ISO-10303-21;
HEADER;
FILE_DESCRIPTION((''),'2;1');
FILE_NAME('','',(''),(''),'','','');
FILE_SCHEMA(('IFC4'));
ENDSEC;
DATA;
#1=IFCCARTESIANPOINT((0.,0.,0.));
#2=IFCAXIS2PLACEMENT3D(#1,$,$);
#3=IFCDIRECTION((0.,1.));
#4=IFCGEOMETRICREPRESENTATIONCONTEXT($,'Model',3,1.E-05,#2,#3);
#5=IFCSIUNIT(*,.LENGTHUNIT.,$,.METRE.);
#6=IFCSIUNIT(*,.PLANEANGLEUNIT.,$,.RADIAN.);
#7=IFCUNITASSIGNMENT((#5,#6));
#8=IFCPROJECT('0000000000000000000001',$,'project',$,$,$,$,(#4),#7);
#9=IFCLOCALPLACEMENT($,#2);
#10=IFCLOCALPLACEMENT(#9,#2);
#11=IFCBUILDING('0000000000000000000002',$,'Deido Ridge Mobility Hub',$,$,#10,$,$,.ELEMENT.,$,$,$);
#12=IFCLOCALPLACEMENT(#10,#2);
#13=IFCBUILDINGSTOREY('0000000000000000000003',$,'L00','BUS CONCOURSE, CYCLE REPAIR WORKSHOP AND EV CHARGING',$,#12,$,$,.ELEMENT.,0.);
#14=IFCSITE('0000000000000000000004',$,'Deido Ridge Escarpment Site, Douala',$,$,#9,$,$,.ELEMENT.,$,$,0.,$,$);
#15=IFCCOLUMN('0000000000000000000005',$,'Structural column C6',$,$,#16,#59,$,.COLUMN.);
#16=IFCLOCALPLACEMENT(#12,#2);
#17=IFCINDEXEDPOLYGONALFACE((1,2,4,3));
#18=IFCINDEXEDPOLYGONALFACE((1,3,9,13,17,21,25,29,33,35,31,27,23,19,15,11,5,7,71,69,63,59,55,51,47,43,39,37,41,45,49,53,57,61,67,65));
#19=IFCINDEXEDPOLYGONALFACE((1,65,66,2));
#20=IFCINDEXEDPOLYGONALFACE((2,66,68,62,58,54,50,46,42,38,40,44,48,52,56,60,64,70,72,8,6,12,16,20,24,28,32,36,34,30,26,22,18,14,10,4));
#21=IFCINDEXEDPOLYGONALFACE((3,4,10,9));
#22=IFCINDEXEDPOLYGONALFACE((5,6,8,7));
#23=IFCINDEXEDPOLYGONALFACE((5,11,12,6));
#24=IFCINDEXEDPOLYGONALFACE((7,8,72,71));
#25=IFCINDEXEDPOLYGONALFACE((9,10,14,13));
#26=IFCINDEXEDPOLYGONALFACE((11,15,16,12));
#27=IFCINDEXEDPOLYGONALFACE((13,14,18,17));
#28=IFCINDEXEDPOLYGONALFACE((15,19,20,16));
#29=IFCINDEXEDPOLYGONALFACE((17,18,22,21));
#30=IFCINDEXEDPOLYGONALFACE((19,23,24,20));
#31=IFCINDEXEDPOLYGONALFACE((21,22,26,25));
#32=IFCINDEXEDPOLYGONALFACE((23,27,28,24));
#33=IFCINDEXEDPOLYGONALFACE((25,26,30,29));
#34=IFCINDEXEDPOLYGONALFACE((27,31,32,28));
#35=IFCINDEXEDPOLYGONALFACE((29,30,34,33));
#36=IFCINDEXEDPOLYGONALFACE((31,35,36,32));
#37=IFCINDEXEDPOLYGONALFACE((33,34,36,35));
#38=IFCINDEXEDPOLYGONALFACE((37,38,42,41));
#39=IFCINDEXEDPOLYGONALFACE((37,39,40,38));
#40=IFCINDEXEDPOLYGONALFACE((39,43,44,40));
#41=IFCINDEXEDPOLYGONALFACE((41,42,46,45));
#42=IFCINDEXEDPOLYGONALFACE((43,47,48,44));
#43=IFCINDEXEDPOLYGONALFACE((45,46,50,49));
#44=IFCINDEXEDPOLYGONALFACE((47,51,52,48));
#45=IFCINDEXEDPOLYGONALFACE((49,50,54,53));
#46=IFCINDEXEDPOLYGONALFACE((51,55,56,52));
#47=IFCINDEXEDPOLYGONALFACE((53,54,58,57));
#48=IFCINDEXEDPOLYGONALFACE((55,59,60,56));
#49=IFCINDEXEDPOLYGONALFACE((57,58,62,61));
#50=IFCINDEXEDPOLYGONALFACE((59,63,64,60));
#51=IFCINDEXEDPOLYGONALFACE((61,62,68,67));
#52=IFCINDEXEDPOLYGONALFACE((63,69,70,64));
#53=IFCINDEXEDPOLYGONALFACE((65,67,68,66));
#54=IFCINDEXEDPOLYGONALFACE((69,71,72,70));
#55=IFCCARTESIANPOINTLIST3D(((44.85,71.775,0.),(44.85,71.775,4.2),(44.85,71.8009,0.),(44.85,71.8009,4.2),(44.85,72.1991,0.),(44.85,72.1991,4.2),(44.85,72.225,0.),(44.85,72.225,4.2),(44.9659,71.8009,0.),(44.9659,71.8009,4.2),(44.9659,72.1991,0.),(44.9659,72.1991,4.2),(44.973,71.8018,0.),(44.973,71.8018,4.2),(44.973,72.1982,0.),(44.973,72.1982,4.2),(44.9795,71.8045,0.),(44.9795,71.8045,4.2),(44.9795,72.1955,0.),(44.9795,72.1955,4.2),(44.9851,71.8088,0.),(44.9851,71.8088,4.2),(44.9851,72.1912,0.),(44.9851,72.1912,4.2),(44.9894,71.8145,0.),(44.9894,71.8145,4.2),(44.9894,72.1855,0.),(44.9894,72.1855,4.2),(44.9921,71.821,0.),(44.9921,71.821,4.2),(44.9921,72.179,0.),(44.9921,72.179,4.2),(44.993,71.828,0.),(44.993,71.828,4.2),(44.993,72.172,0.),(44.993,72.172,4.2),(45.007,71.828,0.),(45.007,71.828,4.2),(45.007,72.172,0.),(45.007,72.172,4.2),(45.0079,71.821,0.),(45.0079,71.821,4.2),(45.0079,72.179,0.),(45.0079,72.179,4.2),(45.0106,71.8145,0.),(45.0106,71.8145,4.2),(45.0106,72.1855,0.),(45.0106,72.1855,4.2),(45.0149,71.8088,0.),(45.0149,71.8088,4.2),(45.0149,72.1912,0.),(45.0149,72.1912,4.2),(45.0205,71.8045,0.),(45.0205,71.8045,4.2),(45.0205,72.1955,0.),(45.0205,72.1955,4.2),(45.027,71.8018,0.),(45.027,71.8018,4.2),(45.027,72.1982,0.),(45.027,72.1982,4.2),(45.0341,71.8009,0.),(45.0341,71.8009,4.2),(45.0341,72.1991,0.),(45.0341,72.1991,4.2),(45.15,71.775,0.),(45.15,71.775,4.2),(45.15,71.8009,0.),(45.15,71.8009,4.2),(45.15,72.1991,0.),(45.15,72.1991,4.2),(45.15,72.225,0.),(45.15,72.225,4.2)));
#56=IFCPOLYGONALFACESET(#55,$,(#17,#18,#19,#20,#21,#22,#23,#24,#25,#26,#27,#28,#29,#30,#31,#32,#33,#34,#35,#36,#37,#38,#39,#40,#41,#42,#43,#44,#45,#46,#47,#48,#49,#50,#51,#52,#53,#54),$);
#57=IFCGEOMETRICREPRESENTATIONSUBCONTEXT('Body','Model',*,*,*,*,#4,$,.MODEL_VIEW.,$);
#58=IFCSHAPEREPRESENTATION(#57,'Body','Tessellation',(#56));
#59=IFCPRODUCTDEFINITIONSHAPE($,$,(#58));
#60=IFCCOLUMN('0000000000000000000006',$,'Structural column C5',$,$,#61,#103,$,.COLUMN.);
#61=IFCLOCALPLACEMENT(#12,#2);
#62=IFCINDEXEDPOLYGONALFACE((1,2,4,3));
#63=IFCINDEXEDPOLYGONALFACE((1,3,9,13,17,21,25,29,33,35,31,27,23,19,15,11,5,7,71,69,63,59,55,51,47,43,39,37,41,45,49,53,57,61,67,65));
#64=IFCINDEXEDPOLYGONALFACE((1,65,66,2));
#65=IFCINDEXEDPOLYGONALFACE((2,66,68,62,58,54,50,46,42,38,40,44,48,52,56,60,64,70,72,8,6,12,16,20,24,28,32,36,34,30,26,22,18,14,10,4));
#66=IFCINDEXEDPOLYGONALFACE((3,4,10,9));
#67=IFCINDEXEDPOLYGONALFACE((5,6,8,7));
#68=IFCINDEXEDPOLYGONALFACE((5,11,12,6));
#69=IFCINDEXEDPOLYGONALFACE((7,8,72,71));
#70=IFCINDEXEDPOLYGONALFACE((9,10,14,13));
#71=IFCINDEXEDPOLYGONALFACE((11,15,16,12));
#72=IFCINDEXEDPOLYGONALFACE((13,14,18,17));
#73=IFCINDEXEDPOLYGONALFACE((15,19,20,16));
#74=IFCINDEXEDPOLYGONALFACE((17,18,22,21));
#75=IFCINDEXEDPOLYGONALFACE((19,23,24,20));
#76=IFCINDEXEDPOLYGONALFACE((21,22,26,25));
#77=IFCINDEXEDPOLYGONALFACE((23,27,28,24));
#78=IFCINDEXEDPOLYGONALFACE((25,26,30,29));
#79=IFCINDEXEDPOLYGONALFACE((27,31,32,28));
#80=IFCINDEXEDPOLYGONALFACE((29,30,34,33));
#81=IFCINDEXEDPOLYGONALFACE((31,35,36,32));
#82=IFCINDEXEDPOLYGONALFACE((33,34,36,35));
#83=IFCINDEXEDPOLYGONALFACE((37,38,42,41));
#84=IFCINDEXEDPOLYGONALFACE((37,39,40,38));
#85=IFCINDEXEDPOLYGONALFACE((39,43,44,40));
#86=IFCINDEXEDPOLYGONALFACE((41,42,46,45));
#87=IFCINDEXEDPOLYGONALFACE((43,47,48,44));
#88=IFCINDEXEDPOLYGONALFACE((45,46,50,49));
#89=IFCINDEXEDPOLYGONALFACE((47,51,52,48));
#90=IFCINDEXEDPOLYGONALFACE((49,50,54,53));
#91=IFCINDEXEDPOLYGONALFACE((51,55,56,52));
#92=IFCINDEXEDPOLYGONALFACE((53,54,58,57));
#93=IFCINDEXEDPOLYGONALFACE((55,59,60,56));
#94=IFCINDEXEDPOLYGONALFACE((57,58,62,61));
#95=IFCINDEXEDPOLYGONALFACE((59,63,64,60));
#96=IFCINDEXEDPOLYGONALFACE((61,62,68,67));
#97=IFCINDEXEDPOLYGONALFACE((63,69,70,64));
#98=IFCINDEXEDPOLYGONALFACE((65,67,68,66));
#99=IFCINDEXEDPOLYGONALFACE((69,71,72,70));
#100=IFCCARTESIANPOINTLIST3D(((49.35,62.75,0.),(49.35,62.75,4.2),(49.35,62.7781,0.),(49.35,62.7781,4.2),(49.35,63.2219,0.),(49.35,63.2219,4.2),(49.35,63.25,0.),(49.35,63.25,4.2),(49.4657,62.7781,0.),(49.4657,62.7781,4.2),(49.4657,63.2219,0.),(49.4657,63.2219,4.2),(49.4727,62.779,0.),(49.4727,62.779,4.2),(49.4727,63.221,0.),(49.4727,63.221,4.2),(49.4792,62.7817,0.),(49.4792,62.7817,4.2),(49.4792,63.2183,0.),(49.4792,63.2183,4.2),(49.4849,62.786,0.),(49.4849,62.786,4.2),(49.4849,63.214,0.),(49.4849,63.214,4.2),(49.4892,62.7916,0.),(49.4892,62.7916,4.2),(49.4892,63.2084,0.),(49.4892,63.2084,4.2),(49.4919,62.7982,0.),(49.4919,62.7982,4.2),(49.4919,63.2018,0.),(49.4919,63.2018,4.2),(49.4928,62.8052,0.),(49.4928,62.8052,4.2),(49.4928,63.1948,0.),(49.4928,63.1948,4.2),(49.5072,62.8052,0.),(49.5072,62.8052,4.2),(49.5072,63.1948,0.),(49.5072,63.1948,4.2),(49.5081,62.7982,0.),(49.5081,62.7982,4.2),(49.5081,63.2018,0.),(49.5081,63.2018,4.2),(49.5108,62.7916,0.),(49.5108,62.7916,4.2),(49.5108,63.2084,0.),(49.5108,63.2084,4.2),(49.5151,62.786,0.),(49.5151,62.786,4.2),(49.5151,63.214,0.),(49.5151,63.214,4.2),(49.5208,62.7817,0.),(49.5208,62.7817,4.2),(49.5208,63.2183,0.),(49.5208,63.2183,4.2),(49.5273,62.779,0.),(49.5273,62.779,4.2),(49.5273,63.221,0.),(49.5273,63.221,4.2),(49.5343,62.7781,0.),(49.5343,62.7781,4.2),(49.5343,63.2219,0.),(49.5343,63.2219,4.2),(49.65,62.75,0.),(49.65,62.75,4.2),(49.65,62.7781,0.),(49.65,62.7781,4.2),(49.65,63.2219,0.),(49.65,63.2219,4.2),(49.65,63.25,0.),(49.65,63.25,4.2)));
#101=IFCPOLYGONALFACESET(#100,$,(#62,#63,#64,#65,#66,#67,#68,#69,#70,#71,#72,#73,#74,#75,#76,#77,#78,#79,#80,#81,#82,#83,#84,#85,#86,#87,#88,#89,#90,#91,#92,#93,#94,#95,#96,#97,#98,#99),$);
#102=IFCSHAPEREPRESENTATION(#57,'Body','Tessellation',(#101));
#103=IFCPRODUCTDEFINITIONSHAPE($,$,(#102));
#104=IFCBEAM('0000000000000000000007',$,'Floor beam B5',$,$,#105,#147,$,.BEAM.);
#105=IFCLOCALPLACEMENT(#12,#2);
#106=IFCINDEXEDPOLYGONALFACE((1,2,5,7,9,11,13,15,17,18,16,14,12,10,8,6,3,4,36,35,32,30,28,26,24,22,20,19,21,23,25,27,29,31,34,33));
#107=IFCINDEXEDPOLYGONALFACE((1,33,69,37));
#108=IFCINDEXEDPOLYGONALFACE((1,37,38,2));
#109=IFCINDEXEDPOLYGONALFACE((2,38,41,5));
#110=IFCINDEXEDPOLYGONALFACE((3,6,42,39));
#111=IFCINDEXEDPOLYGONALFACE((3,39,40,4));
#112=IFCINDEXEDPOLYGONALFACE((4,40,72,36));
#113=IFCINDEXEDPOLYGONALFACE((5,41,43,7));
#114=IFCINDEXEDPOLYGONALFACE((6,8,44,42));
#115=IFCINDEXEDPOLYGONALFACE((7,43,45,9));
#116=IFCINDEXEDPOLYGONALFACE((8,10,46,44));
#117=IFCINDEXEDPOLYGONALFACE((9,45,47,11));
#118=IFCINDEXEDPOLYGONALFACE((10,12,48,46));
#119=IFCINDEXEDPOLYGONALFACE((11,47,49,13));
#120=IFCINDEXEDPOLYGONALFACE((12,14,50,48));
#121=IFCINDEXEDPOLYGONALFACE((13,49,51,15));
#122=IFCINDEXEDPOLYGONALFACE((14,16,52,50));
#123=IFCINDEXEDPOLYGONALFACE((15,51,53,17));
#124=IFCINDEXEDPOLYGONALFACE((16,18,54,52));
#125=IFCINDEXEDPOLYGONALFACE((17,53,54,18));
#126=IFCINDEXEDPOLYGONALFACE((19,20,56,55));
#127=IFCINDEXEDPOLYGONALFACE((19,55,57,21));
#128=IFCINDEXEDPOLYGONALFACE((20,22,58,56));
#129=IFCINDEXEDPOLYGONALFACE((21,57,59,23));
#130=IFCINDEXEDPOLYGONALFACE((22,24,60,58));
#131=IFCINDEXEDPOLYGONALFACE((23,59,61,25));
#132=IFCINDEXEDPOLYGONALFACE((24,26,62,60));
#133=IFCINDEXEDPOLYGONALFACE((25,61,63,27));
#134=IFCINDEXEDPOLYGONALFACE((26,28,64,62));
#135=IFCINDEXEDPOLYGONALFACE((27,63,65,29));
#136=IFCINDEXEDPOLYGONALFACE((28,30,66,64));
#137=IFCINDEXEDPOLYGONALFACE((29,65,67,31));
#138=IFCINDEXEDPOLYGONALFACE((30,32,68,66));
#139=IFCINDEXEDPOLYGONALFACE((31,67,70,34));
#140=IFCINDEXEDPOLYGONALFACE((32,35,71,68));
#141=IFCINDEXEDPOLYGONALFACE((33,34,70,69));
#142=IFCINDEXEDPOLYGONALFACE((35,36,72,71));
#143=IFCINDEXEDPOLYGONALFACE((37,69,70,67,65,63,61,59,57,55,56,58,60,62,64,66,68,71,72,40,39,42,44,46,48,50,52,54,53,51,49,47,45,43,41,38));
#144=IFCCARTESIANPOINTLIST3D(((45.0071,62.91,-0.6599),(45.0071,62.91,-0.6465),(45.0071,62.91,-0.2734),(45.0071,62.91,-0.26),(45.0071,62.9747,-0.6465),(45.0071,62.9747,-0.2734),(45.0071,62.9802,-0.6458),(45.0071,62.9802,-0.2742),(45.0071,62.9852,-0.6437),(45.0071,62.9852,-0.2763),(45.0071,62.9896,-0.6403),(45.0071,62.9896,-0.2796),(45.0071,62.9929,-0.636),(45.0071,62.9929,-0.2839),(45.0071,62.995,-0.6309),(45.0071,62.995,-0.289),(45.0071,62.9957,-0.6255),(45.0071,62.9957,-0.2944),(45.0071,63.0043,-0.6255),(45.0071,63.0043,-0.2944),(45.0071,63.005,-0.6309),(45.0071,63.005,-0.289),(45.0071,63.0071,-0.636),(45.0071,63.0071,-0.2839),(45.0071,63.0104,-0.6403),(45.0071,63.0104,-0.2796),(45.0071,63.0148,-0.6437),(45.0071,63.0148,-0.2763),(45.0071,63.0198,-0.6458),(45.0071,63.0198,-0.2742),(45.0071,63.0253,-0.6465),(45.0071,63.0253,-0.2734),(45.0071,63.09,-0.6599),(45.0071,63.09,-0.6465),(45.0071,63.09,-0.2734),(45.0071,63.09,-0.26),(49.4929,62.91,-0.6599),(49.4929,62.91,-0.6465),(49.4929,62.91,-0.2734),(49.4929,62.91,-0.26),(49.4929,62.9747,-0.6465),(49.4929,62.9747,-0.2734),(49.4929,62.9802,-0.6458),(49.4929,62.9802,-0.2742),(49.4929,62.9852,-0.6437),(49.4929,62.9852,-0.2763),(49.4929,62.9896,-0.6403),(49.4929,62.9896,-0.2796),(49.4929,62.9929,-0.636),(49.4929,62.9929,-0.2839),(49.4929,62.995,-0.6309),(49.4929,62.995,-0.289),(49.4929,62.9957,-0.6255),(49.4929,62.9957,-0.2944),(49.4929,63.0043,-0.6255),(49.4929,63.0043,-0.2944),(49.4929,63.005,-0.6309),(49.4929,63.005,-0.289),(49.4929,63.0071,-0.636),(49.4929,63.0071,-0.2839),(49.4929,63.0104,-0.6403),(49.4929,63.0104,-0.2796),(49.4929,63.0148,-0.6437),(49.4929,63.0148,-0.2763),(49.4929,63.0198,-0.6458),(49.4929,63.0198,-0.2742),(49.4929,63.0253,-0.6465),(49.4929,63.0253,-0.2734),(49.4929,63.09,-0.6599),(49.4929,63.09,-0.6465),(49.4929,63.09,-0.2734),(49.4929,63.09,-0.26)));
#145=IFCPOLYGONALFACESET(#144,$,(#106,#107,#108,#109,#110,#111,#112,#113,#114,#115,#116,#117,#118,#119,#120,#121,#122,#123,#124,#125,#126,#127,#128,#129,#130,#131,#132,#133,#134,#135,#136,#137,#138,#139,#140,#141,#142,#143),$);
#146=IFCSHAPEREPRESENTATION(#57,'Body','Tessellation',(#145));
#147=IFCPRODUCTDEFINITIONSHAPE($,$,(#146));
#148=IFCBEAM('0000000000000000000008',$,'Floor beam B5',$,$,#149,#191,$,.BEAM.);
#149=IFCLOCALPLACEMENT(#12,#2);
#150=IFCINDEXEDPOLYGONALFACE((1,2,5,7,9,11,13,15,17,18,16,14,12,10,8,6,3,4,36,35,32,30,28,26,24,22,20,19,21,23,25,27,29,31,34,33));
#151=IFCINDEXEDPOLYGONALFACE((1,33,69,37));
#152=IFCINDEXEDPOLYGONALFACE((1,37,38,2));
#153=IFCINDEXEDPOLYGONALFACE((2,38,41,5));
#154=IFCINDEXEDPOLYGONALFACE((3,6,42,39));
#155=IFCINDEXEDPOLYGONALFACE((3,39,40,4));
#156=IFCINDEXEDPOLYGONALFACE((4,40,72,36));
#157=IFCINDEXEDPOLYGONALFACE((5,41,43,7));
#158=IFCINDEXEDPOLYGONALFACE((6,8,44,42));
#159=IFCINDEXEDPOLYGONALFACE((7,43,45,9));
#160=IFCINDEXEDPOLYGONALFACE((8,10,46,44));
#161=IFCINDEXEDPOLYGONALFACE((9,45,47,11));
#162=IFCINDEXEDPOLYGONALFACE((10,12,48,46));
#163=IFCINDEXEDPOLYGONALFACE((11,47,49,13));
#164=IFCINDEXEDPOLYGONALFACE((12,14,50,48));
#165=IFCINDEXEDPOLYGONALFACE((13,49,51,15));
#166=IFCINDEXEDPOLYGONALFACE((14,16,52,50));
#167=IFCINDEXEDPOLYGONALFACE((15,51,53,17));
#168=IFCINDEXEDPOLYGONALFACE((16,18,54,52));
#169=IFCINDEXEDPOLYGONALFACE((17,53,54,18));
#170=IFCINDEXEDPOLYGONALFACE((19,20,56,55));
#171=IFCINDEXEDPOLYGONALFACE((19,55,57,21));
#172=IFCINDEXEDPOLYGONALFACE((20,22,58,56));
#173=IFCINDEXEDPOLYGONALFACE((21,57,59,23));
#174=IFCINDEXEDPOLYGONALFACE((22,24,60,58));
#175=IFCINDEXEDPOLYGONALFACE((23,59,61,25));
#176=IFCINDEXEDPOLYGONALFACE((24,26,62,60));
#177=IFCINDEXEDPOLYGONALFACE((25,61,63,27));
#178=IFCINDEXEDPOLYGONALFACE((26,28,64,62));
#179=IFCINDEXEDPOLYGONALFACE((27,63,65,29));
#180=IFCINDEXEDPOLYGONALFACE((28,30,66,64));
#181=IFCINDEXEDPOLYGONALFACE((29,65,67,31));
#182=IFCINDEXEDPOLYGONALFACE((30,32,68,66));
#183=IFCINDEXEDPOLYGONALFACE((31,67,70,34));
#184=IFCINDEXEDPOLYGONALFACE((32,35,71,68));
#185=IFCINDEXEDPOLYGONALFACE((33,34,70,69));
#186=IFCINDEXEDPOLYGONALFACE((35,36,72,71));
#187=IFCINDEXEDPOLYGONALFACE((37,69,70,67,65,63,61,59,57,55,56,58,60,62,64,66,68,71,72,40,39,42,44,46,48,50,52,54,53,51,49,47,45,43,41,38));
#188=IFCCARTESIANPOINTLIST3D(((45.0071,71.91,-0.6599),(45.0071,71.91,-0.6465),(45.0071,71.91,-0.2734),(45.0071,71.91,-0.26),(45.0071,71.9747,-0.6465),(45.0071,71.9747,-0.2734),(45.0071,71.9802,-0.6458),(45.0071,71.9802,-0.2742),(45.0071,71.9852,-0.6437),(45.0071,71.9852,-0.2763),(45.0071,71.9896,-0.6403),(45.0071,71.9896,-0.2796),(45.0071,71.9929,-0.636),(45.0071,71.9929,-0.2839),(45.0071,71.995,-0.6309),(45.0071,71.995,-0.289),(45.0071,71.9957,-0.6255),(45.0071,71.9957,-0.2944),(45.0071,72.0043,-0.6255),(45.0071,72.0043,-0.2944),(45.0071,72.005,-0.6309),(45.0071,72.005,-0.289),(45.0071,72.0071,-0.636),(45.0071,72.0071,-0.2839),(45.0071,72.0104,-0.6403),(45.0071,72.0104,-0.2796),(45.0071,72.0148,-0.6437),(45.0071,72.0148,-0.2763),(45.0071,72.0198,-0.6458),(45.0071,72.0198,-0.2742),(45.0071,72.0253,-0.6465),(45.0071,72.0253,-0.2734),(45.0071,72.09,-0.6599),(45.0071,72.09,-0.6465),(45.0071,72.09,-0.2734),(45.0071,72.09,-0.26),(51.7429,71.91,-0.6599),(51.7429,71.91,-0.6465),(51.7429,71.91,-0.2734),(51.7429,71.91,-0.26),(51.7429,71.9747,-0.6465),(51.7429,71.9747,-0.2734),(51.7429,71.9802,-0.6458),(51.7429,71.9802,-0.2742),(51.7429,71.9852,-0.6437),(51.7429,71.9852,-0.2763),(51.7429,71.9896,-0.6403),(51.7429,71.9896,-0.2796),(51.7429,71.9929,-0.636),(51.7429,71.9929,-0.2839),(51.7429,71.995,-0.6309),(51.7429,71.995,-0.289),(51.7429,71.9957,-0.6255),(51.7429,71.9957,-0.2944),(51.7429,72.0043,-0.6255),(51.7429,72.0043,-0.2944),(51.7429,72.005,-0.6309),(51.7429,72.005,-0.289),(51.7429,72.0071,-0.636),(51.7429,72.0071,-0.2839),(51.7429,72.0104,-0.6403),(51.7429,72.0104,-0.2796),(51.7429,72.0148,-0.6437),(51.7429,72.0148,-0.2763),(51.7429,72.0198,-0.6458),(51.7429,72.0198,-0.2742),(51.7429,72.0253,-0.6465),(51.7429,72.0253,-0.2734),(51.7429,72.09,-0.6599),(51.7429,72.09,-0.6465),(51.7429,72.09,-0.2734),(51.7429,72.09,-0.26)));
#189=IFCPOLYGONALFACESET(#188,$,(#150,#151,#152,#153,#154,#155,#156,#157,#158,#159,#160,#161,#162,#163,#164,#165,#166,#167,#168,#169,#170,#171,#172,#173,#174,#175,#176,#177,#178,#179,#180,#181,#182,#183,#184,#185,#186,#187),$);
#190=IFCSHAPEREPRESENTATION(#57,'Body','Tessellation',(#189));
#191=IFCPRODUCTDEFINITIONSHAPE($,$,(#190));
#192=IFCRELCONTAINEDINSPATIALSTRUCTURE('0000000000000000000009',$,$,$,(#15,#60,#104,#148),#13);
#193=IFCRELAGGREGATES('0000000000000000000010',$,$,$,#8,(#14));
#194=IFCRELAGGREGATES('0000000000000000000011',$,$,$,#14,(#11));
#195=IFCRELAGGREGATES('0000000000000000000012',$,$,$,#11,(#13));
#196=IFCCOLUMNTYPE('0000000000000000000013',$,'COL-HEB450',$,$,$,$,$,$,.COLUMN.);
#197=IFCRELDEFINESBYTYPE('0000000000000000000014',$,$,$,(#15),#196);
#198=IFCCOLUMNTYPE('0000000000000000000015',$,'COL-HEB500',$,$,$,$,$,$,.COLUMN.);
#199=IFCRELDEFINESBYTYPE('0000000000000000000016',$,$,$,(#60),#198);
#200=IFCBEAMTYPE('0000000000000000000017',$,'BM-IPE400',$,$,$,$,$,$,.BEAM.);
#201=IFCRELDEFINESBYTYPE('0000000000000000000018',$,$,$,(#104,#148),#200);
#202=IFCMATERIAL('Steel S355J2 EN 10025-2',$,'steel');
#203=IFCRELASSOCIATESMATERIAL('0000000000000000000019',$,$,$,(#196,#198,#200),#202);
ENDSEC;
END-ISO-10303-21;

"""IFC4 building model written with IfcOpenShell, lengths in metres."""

from ifc_helpers import new_model, si_unit, direction, frame, origin, origin_2d, place, context, subcontext, project, spatial, i_section, extrude, material, material_profile, profile_set, type_object, element, save


model = new_model("IFC4")

# Units and contexts
model_context = context("Model", 3, precision=1e-05, world=origin(), true_north=direction((0.0, 1.0)))
body_context = subcontext(model_context, "Body", "Model", "MODEL_VIEW")
ifc_project = project(units=[si_unit("LENGTHUNIT", "METRE"), si_unit("PLANEANGLEUNIT", "RADIAN")], contexts=[model_context])

# Site, building, storey
site_placement = place(None, origin())
site = spatial("IfcSite", under=ifc_project, at=site_placement, Name="Deido Ridge Escarpment Site, Douala", CompositionType="ELEMENT", RefElevation=0.0)
building_placement = place(site_placement, origin())
building = spatial("IfcBuilding", under=site, at=building_placement, Name="Deido Ridge Mobility Hub", CompositionType="ELEMENT")
storey_placement = place(building_placement, origin())
storey = spatial("IfcBuildingStorey", under=building, at=storey_placement, Name="L00", Description="BUS CONCOURSE, CYCLE REPAIR WORKSHOP AND EV CHARGING", CompositionType="ELEMENT", Elevation=0.0)

# Columns
ifc_material_1 = material(Name="Steel S355J2 EN 10025-2", Category="steel")
ifc_material_profile_1 = material_profile(ifc_material_1, i_section(OverallWidth=0.3, OverallDepth=0.45, WebThickness=0.0139, FlangeThickness=0.0259, FilletRadius=0.0271, at=origin_2d()), Name="HEB 450")
ifc_profile_set_1 = profile_set([ifc_material_profile_1], Name="Steel S355J2 EN 10025-2")
column_type_1 = type_object("IfcColumnType", Name="COL-HEB450", PredefinedType="COLUMN", material=ifc_profile_set_1)
column_1_placement = place(storey_placement, frame((45.0, 72.0, 0.0), z_axis=(0.0, 0.0, 1.0), x_axis=(1.0, 0.0, 0.0)))
element("IfcColumn", 1, at=column_1_placement, inside=storey, type_object=column_type_1, Name="Structural column C6", PredefinedType="COLUMN", context=body_context, shape_type="SweptSolid", body=[
    extrude(i_section(OverallWidth=0.3, OverallDepth=0.45, WebThickness=0.0139, FlangeThickness=0.0259, FilletRadius=0.0271, at=origin_2d()), origin(), (0.0, 0.0, 1.0), 4.2),
])
ifc_material_profile_2 = material_profile(ifc_material_1, i_section(OverallWidth=0.3, OverallDepth=0.5, WebThickness=0.0144, FlangeThickness=0.0281, FilletRadius=0.0271, at=origin_2d()), Name="HEB 500")
ifc_profile_set_2 = profile_set([ifc_material_profile_2], Name="Steel S355J2 EN 10025-2")
column_type_2 = type_object("IfcColumnType", Name="COL-HEB500", PredefinedType="COLUMN", material=ifc_profile_set_2)
column_2_placement = place(storey_placement, frame((49.5, 63.0, 0.0), z_axis=(0.0, 0.0, 1.0), x_axis=(1.0, 0.0, 0.0)))
element("IfcColumn", 2, at=column_2_placement, inside=storey, type_object=column_type_2, Name="Structural column C5", PredefinedType="COLUMN", context=body_context, shape_type="SweptSolid", body=[
    extrude(i_section(OverallWidth=0.3, OverallDepth=0.5, WebThickness=0.0144, FlangeThickness=0.0281, FilletRadius=0.0271, at=origin_2d()), origin(), (0.0, 0.0, 1.0), 4.2),
])

# Beams
ifc_material_profile_3 = material_profile(ifc_material_1, i_section(OverallWidth=0.1799, OverallDepth=0.3999, WebThickness=0.0085, FlangeThickness=0.0134, FilletRadius=0.021, at=origin_2d()), Name="IPE 400")
ifc_profile_set_3 = profile_set([ifc_material_profile_3], Name="Steel S355J2 EN 10025-2")
beam_type_1 = type_object("IfcBeamType", Name="BM-IPE400", PredefinedType="BEAM", material=ifc_profile_set_3)
beam_1_placement = place(storey_placement, frame((45.0071, 63.0, -0.46), z_axis=(1.0, 0.0, 0.0), x_axis=(0.0, 1.0, 0.0)))
element("IfcBeam", 3, at=beam_1_placement, inside=storey, type_object=beam_type_1, Name="Floor beam B5", PredefinedType="BEAM", context=body_context, shape_type="SweptSolid", body=[
    extrude(i_section(OverallWidth=0.1799, OverallDepth=0.3999, WebThickness=0.0085, FlangeThickness=0.0134, FilletRadius=0.021, at=origin_2d()), origin(), (0.0, 0.0, 1.0), 4.4858),
])
beam_2_placement = place(storey_placement, frame((45.0071, 72.0, -0.46), z_axis=(1.0, 0.0, 0.0), x_axis=(0.0, 1.0, 0.0)))
element("IfcBeam", 4, at=beam_2_placement, inside=storey, type_object=beam_type_1, Name="Floor beam B5", PredefinedType="BEAM", context=body_context, shape_type="SweptSolid", body=[
    extrude(i_section(OverallWidth=0.1799, OverallDepth=0.3999, WebThickness=0.0085, FlangeThickness=0.0134, FilletRadius=0.021, at=origin_2d()), origin(), (0.0, 0.0, 1.0), 6.7358),
])

save(model, "model.ifc")
